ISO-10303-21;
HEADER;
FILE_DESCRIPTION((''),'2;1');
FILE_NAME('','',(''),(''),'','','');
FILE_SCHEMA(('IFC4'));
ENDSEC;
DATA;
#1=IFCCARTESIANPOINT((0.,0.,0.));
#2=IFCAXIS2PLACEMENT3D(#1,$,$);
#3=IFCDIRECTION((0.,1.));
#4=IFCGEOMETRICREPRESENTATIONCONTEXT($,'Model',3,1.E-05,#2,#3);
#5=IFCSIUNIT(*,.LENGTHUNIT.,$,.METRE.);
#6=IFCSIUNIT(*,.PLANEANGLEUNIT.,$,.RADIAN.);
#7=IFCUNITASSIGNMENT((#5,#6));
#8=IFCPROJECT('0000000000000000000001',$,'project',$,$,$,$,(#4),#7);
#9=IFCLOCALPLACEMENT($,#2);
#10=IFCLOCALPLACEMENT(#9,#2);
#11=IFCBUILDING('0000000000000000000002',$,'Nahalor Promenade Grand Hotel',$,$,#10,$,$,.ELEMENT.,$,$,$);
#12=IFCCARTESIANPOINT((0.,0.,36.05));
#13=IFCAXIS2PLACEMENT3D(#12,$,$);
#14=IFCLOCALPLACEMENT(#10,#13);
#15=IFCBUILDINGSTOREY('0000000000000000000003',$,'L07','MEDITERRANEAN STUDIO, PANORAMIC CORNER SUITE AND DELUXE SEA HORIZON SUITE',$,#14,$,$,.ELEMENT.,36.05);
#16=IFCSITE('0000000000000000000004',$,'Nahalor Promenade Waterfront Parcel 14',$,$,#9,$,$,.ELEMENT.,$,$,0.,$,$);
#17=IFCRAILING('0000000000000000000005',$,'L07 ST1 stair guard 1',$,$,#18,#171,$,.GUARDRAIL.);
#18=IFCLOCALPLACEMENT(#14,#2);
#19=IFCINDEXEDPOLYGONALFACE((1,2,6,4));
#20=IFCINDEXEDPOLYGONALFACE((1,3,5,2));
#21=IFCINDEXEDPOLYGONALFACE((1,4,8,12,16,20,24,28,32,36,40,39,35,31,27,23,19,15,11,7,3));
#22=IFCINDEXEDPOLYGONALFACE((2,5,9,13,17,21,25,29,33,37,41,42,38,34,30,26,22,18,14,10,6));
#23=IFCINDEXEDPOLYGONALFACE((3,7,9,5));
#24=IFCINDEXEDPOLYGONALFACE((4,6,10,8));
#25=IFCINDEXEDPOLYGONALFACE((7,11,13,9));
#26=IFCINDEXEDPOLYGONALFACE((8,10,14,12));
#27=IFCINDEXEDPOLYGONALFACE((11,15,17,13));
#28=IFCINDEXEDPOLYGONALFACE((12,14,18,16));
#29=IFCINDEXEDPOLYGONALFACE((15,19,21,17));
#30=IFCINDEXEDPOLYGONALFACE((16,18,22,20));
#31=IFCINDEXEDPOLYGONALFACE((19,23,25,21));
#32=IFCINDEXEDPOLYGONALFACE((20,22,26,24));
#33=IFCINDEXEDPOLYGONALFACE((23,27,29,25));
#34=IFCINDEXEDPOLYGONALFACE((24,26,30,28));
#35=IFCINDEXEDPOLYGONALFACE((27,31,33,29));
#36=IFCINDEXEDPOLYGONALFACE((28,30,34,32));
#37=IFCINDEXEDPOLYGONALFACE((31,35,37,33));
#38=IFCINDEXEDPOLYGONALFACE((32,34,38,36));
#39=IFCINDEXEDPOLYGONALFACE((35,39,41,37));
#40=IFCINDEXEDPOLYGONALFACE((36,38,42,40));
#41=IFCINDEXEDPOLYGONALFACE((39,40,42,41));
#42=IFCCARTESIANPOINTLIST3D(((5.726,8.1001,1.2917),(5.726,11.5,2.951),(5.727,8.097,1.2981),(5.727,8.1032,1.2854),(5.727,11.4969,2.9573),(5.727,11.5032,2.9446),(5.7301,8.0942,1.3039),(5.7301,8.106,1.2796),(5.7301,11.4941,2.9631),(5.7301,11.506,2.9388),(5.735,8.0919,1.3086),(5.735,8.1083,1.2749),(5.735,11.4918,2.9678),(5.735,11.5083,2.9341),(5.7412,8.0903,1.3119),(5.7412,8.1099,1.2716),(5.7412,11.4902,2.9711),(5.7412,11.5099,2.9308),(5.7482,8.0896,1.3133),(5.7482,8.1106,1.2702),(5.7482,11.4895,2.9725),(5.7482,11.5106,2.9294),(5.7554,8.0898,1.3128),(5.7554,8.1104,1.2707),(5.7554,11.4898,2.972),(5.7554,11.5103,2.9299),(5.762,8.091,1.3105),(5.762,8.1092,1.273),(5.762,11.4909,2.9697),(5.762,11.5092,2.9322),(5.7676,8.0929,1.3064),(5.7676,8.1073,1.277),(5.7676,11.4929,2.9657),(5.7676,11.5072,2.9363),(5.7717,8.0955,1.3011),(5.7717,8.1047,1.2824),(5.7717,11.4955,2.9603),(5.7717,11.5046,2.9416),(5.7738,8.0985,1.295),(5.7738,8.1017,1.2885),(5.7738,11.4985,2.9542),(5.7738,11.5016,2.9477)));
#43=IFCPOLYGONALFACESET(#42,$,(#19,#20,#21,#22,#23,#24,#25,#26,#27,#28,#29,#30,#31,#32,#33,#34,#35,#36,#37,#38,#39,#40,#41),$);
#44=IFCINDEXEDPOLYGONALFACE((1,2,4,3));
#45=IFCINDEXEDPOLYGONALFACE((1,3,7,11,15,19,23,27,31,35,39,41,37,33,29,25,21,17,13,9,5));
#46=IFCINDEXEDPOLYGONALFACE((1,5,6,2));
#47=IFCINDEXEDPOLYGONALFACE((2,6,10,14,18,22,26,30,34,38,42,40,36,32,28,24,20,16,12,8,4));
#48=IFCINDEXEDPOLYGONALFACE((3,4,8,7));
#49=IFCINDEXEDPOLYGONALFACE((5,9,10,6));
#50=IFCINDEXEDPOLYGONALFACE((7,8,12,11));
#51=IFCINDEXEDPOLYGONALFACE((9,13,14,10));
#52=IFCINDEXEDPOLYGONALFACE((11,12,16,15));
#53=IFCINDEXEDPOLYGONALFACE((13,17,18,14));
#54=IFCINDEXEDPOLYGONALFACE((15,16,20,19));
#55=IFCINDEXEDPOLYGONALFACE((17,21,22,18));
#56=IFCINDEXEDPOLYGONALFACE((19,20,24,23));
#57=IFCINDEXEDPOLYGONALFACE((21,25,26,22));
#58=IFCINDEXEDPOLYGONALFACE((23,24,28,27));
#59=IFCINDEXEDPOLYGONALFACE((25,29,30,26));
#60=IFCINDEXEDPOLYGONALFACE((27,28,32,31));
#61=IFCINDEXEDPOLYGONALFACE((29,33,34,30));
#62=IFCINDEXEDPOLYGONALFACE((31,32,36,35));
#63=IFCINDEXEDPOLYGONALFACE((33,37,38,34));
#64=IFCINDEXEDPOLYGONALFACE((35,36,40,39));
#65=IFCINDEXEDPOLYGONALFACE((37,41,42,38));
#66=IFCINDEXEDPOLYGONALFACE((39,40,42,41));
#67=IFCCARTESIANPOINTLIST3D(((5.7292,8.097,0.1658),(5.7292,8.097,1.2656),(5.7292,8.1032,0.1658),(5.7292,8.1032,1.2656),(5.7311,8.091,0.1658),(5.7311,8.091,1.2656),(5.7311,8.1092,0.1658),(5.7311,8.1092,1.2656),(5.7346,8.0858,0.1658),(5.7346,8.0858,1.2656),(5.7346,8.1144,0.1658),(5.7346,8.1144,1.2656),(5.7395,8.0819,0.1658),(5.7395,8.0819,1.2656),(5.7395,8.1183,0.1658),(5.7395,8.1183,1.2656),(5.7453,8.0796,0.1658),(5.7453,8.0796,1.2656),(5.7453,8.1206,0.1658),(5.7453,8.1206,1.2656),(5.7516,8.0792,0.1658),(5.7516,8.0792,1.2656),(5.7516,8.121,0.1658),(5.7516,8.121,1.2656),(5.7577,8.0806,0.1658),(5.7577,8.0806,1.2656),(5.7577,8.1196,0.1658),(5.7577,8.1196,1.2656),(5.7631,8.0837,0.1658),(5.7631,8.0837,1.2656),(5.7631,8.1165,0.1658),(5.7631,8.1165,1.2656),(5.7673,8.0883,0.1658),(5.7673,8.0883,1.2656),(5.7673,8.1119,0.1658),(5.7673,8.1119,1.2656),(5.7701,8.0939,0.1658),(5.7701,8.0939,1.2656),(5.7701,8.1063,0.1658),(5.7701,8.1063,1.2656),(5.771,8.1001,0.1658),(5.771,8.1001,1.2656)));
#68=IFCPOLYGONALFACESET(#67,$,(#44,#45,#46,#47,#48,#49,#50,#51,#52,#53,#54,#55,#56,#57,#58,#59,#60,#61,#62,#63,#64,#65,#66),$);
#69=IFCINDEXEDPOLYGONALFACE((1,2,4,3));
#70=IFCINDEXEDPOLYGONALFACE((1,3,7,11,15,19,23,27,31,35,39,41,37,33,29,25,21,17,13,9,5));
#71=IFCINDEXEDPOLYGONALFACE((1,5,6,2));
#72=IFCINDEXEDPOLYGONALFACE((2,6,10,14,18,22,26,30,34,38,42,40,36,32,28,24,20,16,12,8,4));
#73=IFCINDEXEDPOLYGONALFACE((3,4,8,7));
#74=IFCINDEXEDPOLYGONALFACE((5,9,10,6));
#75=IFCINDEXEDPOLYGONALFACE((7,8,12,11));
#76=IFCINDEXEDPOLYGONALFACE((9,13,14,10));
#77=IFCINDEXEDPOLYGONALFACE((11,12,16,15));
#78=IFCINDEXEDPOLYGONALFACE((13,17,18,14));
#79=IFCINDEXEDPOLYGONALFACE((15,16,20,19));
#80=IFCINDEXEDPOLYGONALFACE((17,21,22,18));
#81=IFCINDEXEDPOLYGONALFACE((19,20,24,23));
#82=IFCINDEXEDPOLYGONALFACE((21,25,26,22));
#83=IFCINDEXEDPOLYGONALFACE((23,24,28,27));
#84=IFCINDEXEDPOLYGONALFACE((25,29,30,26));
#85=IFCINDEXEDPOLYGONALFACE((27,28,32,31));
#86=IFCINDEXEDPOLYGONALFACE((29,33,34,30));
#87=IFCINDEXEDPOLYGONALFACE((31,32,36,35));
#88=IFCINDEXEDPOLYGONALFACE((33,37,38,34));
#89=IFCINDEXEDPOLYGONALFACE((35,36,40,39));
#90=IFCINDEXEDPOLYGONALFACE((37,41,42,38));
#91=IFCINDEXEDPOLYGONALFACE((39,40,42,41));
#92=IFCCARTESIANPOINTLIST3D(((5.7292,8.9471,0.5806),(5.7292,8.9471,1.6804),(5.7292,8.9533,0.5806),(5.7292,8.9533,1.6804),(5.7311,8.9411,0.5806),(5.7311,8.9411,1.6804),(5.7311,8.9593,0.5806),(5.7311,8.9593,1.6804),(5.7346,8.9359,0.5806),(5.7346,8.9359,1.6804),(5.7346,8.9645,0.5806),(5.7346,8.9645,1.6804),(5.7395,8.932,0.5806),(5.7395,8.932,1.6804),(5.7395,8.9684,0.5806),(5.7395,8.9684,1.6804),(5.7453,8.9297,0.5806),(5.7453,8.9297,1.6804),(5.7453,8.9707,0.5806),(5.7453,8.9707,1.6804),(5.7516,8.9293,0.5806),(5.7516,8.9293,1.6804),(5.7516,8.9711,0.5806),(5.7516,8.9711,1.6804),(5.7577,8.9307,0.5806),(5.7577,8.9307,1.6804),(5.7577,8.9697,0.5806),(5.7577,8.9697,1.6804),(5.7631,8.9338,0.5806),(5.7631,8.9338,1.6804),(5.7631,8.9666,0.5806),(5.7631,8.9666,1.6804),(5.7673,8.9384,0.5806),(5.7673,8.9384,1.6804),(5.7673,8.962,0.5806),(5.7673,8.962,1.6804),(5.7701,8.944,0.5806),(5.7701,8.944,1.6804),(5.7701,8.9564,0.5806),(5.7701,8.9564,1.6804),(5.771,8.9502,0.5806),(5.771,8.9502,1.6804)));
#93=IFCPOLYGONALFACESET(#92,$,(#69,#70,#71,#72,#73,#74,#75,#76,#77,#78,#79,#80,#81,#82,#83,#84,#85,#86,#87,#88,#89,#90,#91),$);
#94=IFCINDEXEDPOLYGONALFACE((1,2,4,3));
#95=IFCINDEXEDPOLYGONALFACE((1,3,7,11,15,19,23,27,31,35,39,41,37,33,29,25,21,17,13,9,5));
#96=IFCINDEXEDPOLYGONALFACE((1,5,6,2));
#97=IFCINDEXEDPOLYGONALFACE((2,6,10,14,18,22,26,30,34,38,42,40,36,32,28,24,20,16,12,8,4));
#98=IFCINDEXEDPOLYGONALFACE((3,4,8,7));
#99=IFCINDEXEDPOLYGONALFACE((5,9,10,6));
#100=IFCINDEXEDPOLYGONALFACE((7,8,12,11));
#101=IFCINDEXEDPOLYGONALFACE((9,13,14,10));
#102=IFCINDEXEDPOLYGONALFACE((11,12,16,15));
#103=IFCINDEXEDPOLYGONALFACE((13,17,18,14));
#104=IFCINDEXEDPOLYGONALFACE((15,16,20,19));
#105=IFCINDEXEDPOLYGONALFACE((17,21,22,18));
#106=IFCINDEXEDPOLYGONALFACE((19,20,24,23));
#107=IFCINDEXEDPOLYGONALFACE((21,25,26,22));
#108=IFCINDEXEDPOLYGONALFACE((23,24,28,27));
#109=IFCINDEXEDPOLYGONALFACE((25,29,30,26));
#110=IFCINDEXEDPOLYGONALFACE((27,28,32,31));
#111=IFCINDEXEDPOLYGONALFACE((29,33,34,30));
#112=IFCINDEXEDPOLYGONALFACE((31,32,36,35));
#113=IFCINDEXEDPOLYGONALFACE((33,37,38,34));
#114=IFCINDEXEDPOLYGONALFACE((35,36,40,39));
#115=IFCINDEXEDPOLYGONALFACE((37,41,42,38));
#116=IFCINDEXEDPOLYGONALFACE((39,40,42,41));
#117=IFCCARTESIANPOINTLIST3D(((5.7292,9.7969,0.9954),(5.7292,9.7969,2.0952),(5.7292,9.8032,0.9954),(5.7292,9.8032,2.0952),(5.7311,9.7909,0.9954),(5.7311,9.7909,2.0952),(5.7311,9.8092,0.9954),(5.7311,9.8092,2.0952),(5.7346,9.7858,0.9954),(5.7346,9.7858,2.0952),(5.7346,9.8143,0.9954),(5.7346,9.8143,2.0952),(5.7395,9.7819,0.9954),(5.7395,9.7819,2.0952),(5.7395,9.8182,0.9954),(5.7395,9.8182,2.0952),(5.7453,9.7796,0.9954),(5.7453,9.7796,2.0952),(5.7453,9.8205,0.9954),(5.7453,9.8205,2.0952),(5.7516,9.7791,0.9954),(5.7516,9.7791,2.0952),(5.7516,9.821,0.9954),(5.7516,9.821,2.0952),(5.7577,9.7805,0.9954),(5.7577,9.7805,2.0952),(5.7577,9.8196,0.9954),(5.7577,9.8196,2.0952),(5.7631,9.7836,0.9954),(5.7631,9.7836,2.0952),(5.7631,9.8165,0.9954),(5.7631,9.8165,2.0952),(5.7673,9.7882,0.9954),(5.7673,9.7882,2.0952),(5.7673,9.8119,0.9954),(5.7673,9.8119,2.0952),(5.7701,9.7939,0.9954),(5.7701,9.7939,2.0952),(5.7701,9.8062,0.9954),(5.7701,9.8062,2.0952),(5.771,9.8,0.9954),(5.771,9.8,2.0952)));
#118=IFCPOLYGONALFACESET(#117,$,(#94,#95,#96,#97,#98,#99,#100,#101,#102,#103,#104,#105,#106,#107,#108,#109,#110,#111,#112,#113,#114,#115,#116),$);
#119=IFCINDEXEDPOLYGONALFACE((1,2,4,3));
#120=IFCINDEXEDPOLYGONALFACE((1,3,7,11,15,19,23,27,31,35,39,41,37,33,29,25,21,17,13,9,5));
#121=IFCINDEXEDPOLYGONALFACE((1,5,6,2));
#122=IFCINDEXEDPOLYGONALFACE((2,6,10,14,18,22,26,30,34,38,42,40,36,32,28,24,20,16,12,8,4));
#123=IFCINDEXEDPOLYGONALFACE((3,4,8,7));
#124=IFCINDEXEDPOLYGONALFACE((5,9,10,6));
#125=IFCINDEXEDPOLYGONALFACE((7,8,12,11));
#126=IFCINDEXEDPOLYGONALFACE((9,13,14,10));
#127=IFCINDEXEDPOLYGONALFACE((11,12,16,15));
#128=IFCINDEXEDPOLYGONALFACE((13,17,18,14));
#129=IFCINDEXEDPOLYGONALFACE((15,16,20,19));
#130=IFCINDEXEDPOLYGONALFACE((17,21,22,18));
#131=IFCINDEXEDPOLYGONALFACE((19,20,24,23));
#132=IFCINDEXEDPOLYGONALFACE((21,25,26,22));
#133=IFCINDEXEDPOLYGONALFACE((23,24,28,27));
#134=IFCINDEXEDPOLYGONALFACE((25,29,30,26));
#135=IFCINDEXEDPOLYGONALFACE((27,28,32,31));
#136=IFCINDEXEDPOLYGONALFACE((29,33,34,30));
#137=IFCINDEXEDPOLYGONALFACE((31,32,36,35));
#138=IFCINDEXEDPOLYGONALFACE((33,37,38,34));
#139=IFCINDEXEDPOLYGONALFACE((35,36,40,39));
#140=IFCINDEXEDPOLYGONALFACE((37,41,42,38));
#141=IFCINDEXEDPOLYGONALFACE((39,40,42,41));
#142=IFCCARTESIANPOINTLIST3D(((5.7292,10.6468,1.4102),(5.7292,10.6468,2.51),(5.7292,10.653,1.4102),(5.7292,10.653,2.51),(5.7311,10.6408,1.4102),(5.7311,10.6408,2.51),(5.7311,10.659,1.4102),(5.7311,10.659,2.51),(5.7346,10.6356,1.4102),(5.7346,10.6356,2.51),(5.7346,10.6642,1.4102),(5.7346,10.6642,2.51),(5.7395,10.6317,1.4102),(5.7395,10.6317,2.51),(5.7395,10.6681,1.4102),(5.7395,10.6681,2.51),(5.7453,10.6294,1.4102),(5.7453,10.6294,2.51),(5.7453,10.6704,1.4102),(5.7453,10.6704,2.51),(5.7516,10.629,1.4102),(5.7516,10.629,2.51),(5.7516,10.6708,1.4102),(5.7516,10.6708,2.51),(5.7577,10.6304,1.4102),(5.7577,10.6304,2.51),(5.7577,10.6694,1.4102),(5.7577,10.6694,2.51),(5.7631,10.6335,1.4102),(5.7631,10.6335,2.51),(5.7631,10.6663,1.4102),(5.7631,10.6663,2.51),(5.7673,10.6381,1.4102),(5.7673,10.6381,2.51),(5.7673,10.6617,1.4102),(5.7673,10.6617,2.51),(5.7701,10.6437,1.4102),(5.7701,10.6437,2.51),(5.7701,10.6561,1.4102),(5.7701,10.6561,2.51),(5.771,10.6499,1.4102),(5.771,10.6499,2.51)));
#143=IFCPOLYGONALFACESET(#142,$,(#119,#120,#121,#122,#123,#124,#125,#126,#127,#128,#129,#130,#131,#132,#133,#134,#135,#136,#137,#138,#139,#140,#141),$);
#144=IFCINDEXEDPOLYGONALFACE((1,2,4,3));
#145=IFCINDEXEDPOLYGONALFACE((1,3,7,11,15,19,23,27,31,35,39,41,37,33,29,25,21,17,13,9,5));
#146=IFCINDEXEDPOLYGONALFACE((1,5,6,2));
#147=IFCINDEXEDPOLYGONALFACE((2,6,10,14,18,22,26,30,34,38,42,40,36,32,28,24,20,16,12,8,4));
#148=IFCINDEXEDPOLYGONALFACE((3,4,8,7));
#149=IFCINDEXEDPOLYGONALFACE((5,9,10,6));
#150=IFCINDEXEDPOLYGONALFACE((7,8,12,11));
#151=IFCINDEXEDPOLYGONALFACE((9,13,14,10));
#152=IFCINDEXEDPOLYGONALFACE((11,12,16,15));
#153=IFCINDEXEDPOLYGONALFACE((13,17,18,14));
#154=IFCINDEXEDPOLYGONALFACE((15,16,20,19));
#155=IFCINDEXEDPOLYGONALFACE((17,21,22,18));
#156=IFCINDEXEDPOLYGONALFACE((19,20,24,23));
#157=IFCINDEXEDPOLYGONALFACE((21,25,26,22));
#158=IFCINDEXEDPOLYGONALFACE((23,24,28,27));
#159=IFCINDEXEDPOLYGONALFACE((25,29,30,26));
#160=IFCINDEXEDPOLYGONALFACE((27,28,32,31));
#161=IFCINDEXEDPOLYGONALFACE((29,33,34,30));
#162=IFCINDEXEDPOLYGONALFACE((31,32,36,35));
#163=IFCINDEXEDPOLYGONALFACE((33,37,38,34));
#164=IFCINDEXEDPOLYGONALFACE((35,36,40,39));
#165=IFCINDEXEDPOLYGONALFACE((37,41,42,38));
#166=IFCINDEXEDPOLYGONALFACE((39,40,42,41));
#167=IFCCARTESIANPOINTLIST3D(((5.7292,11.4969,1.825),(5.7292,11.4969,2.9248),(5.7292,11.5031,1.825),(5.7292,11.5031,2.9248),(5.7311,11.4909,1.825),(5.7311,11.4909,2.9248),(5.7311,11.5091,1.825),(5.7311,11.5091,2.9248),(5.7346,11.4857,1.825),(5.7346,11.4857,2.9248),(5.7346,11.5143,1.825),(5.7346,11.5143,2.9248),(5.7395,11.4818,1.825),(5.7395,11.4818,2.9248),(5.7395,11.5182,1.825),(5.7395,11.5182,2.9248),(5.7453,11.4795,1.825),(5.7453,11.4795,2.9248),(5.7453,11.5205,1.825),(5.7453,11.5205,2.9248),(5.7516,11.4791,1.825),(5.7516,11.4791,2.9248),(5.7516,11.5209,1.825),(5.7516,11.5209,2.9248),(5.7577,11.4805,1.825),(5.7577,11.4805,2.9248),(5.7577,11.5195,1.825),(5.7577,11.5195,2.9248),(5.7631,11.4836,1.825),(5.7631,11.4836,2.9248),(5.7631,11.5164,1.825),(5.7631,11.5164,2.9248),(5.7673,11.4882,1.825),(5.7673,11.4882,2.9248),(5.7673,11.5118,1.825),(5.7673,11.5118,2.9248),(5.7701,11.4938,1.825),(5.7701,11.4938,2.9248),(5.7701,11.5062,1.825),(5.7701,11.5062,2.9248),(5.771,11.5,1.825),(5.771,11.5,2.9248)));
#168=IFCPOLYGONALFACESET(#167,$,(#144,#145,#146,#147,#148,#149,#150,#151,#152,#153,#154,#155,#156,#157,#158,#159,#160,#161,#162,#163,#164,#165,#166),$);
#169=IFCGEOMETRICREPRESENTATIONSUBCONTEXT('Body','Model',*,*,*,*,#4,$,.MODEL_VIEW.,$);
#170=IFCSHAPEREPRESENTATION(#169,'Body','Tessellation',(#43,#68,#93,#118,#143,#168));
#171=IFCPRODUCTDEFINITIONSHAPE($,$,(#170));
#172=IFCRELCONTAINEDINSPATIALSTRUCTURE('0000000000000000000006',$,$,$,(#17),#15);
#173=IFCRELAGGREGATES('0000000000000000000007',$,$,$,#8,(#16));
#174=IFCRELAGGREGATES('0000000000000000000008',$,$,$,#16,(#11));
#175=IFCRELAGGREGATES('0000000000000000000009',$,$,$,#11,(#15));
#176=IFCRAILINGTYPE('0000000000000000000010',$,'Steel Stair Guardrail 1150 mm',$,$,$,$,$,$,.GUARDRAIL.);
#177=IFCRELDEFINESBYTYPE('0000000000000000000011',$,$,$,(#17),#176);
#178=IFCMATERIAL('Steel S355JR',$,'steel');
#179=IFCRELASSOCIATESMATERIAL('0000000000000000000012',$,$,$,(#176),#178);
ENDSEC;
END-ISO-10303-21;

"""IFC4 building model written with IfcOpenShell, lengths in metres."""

from ifc_helpers import new_model, si_unit, direction, frame, origin, origin_2d, place, context, subcontext, project, spatial, circle, extrude, material, type_object, element, save


model = new_model("IFC4")

# Units and contexts
model_context = context("Model", 3, precision=1e-05, world=origin(), true_north=direction((0.0, 1.0)))
body_context = subcontext(model_context, "Body", "Model", "MODEL_VIEW")
ifc_project = project(units=[si_unit("LENGTHUNIT", "METRE"), si_unit("PLANEANGLEUNIT", "RADIAN")], contexts=[model_context])

# Site, building, storey
site_placement = place(None, origin())
site = spatial("IfcSite", under=ifc_project, at=site_placement, Name="Nahalor Promenade Waterfront Parcel 14", CompositionType="ELEMENT", RefElevation=0.0)
building_placement = place(site_placement, origin())
building = spatial("IfcBuilding", under=site, at=building_placement, Name="Nahalor Promenade Grand Hotel", CompositionType="ELEMENT")
storey_placement = place(building_placement, frame((0.0, 0.0, 36.05)))
storey = spatial("IfcBuildingStorey", under=building, at=storey_placement, Name="L07", Description="MEDITERRANEAN STUDIO, PANORAMIC CORNER SUITE AND DELUXE SEA HORIZON SUITE", CompositionType="ELEMENT", Elevation=36.05)

# Shared definitions
ifc_material_1 = material(Name="Steel S355JR", Category="steel")

# Railing
railing_type_1 = type_object("IfcRailingType", Name="Steel Stair Guardrail 1150 mm", PredefinedType="GUARDRAIL", material=ifc_material_1)
railing_1_placement = place(storey_placement, frame((5.75, 8.1001, 0.1658)))
element("IfcRailing", 1, at=railing_1_placement, inside=storey, type_object=railing_type_1, Name="L07 ST1 stair guard 1", PredefinedType="GUARDRAIL", context=body_context, shape_type="SweptSolid", body=[
    extrude(circle(Radius=0.024, at=origin_2d()), frame((0.0, 0.0, 1.126), z_axis=(0.0, 0.898696, 0.438571), x_axis=(-1.0, 0.0, 0.0)), (0.0, 0.0, 1.0), 3.7832),
    extrude(circle(Radius=0.021, at=origin_2d()), origin(), (0.0, 0.0, 1.0), 1.0999),
    extrude(circle(Radius=0.021, at=origin_2d()), frame((0.0, 0.8501, 0.4148)), (0.0, 0.0, 1.0), 1.0999),
    extrude(circle(Radius=0.021, at=origin_2d()), frame((0.0, 1.7, 0.8296)), (0.0, 0.0, 1.0), 1.0999),
    extrude(circle(Radius=0.021, at=origin_2d()), frame((0.0, 2.5498, 1.2444)), (0.0, 0.0, 1.0), 1.0999),
    extrude(circle(Radius=0.021, at=origin_2d()), frame((0.0, 3.3999, 1.6592)), (0.0, 0.0, 1.0), 1.0999),
])

save(model, "model.ifc")
